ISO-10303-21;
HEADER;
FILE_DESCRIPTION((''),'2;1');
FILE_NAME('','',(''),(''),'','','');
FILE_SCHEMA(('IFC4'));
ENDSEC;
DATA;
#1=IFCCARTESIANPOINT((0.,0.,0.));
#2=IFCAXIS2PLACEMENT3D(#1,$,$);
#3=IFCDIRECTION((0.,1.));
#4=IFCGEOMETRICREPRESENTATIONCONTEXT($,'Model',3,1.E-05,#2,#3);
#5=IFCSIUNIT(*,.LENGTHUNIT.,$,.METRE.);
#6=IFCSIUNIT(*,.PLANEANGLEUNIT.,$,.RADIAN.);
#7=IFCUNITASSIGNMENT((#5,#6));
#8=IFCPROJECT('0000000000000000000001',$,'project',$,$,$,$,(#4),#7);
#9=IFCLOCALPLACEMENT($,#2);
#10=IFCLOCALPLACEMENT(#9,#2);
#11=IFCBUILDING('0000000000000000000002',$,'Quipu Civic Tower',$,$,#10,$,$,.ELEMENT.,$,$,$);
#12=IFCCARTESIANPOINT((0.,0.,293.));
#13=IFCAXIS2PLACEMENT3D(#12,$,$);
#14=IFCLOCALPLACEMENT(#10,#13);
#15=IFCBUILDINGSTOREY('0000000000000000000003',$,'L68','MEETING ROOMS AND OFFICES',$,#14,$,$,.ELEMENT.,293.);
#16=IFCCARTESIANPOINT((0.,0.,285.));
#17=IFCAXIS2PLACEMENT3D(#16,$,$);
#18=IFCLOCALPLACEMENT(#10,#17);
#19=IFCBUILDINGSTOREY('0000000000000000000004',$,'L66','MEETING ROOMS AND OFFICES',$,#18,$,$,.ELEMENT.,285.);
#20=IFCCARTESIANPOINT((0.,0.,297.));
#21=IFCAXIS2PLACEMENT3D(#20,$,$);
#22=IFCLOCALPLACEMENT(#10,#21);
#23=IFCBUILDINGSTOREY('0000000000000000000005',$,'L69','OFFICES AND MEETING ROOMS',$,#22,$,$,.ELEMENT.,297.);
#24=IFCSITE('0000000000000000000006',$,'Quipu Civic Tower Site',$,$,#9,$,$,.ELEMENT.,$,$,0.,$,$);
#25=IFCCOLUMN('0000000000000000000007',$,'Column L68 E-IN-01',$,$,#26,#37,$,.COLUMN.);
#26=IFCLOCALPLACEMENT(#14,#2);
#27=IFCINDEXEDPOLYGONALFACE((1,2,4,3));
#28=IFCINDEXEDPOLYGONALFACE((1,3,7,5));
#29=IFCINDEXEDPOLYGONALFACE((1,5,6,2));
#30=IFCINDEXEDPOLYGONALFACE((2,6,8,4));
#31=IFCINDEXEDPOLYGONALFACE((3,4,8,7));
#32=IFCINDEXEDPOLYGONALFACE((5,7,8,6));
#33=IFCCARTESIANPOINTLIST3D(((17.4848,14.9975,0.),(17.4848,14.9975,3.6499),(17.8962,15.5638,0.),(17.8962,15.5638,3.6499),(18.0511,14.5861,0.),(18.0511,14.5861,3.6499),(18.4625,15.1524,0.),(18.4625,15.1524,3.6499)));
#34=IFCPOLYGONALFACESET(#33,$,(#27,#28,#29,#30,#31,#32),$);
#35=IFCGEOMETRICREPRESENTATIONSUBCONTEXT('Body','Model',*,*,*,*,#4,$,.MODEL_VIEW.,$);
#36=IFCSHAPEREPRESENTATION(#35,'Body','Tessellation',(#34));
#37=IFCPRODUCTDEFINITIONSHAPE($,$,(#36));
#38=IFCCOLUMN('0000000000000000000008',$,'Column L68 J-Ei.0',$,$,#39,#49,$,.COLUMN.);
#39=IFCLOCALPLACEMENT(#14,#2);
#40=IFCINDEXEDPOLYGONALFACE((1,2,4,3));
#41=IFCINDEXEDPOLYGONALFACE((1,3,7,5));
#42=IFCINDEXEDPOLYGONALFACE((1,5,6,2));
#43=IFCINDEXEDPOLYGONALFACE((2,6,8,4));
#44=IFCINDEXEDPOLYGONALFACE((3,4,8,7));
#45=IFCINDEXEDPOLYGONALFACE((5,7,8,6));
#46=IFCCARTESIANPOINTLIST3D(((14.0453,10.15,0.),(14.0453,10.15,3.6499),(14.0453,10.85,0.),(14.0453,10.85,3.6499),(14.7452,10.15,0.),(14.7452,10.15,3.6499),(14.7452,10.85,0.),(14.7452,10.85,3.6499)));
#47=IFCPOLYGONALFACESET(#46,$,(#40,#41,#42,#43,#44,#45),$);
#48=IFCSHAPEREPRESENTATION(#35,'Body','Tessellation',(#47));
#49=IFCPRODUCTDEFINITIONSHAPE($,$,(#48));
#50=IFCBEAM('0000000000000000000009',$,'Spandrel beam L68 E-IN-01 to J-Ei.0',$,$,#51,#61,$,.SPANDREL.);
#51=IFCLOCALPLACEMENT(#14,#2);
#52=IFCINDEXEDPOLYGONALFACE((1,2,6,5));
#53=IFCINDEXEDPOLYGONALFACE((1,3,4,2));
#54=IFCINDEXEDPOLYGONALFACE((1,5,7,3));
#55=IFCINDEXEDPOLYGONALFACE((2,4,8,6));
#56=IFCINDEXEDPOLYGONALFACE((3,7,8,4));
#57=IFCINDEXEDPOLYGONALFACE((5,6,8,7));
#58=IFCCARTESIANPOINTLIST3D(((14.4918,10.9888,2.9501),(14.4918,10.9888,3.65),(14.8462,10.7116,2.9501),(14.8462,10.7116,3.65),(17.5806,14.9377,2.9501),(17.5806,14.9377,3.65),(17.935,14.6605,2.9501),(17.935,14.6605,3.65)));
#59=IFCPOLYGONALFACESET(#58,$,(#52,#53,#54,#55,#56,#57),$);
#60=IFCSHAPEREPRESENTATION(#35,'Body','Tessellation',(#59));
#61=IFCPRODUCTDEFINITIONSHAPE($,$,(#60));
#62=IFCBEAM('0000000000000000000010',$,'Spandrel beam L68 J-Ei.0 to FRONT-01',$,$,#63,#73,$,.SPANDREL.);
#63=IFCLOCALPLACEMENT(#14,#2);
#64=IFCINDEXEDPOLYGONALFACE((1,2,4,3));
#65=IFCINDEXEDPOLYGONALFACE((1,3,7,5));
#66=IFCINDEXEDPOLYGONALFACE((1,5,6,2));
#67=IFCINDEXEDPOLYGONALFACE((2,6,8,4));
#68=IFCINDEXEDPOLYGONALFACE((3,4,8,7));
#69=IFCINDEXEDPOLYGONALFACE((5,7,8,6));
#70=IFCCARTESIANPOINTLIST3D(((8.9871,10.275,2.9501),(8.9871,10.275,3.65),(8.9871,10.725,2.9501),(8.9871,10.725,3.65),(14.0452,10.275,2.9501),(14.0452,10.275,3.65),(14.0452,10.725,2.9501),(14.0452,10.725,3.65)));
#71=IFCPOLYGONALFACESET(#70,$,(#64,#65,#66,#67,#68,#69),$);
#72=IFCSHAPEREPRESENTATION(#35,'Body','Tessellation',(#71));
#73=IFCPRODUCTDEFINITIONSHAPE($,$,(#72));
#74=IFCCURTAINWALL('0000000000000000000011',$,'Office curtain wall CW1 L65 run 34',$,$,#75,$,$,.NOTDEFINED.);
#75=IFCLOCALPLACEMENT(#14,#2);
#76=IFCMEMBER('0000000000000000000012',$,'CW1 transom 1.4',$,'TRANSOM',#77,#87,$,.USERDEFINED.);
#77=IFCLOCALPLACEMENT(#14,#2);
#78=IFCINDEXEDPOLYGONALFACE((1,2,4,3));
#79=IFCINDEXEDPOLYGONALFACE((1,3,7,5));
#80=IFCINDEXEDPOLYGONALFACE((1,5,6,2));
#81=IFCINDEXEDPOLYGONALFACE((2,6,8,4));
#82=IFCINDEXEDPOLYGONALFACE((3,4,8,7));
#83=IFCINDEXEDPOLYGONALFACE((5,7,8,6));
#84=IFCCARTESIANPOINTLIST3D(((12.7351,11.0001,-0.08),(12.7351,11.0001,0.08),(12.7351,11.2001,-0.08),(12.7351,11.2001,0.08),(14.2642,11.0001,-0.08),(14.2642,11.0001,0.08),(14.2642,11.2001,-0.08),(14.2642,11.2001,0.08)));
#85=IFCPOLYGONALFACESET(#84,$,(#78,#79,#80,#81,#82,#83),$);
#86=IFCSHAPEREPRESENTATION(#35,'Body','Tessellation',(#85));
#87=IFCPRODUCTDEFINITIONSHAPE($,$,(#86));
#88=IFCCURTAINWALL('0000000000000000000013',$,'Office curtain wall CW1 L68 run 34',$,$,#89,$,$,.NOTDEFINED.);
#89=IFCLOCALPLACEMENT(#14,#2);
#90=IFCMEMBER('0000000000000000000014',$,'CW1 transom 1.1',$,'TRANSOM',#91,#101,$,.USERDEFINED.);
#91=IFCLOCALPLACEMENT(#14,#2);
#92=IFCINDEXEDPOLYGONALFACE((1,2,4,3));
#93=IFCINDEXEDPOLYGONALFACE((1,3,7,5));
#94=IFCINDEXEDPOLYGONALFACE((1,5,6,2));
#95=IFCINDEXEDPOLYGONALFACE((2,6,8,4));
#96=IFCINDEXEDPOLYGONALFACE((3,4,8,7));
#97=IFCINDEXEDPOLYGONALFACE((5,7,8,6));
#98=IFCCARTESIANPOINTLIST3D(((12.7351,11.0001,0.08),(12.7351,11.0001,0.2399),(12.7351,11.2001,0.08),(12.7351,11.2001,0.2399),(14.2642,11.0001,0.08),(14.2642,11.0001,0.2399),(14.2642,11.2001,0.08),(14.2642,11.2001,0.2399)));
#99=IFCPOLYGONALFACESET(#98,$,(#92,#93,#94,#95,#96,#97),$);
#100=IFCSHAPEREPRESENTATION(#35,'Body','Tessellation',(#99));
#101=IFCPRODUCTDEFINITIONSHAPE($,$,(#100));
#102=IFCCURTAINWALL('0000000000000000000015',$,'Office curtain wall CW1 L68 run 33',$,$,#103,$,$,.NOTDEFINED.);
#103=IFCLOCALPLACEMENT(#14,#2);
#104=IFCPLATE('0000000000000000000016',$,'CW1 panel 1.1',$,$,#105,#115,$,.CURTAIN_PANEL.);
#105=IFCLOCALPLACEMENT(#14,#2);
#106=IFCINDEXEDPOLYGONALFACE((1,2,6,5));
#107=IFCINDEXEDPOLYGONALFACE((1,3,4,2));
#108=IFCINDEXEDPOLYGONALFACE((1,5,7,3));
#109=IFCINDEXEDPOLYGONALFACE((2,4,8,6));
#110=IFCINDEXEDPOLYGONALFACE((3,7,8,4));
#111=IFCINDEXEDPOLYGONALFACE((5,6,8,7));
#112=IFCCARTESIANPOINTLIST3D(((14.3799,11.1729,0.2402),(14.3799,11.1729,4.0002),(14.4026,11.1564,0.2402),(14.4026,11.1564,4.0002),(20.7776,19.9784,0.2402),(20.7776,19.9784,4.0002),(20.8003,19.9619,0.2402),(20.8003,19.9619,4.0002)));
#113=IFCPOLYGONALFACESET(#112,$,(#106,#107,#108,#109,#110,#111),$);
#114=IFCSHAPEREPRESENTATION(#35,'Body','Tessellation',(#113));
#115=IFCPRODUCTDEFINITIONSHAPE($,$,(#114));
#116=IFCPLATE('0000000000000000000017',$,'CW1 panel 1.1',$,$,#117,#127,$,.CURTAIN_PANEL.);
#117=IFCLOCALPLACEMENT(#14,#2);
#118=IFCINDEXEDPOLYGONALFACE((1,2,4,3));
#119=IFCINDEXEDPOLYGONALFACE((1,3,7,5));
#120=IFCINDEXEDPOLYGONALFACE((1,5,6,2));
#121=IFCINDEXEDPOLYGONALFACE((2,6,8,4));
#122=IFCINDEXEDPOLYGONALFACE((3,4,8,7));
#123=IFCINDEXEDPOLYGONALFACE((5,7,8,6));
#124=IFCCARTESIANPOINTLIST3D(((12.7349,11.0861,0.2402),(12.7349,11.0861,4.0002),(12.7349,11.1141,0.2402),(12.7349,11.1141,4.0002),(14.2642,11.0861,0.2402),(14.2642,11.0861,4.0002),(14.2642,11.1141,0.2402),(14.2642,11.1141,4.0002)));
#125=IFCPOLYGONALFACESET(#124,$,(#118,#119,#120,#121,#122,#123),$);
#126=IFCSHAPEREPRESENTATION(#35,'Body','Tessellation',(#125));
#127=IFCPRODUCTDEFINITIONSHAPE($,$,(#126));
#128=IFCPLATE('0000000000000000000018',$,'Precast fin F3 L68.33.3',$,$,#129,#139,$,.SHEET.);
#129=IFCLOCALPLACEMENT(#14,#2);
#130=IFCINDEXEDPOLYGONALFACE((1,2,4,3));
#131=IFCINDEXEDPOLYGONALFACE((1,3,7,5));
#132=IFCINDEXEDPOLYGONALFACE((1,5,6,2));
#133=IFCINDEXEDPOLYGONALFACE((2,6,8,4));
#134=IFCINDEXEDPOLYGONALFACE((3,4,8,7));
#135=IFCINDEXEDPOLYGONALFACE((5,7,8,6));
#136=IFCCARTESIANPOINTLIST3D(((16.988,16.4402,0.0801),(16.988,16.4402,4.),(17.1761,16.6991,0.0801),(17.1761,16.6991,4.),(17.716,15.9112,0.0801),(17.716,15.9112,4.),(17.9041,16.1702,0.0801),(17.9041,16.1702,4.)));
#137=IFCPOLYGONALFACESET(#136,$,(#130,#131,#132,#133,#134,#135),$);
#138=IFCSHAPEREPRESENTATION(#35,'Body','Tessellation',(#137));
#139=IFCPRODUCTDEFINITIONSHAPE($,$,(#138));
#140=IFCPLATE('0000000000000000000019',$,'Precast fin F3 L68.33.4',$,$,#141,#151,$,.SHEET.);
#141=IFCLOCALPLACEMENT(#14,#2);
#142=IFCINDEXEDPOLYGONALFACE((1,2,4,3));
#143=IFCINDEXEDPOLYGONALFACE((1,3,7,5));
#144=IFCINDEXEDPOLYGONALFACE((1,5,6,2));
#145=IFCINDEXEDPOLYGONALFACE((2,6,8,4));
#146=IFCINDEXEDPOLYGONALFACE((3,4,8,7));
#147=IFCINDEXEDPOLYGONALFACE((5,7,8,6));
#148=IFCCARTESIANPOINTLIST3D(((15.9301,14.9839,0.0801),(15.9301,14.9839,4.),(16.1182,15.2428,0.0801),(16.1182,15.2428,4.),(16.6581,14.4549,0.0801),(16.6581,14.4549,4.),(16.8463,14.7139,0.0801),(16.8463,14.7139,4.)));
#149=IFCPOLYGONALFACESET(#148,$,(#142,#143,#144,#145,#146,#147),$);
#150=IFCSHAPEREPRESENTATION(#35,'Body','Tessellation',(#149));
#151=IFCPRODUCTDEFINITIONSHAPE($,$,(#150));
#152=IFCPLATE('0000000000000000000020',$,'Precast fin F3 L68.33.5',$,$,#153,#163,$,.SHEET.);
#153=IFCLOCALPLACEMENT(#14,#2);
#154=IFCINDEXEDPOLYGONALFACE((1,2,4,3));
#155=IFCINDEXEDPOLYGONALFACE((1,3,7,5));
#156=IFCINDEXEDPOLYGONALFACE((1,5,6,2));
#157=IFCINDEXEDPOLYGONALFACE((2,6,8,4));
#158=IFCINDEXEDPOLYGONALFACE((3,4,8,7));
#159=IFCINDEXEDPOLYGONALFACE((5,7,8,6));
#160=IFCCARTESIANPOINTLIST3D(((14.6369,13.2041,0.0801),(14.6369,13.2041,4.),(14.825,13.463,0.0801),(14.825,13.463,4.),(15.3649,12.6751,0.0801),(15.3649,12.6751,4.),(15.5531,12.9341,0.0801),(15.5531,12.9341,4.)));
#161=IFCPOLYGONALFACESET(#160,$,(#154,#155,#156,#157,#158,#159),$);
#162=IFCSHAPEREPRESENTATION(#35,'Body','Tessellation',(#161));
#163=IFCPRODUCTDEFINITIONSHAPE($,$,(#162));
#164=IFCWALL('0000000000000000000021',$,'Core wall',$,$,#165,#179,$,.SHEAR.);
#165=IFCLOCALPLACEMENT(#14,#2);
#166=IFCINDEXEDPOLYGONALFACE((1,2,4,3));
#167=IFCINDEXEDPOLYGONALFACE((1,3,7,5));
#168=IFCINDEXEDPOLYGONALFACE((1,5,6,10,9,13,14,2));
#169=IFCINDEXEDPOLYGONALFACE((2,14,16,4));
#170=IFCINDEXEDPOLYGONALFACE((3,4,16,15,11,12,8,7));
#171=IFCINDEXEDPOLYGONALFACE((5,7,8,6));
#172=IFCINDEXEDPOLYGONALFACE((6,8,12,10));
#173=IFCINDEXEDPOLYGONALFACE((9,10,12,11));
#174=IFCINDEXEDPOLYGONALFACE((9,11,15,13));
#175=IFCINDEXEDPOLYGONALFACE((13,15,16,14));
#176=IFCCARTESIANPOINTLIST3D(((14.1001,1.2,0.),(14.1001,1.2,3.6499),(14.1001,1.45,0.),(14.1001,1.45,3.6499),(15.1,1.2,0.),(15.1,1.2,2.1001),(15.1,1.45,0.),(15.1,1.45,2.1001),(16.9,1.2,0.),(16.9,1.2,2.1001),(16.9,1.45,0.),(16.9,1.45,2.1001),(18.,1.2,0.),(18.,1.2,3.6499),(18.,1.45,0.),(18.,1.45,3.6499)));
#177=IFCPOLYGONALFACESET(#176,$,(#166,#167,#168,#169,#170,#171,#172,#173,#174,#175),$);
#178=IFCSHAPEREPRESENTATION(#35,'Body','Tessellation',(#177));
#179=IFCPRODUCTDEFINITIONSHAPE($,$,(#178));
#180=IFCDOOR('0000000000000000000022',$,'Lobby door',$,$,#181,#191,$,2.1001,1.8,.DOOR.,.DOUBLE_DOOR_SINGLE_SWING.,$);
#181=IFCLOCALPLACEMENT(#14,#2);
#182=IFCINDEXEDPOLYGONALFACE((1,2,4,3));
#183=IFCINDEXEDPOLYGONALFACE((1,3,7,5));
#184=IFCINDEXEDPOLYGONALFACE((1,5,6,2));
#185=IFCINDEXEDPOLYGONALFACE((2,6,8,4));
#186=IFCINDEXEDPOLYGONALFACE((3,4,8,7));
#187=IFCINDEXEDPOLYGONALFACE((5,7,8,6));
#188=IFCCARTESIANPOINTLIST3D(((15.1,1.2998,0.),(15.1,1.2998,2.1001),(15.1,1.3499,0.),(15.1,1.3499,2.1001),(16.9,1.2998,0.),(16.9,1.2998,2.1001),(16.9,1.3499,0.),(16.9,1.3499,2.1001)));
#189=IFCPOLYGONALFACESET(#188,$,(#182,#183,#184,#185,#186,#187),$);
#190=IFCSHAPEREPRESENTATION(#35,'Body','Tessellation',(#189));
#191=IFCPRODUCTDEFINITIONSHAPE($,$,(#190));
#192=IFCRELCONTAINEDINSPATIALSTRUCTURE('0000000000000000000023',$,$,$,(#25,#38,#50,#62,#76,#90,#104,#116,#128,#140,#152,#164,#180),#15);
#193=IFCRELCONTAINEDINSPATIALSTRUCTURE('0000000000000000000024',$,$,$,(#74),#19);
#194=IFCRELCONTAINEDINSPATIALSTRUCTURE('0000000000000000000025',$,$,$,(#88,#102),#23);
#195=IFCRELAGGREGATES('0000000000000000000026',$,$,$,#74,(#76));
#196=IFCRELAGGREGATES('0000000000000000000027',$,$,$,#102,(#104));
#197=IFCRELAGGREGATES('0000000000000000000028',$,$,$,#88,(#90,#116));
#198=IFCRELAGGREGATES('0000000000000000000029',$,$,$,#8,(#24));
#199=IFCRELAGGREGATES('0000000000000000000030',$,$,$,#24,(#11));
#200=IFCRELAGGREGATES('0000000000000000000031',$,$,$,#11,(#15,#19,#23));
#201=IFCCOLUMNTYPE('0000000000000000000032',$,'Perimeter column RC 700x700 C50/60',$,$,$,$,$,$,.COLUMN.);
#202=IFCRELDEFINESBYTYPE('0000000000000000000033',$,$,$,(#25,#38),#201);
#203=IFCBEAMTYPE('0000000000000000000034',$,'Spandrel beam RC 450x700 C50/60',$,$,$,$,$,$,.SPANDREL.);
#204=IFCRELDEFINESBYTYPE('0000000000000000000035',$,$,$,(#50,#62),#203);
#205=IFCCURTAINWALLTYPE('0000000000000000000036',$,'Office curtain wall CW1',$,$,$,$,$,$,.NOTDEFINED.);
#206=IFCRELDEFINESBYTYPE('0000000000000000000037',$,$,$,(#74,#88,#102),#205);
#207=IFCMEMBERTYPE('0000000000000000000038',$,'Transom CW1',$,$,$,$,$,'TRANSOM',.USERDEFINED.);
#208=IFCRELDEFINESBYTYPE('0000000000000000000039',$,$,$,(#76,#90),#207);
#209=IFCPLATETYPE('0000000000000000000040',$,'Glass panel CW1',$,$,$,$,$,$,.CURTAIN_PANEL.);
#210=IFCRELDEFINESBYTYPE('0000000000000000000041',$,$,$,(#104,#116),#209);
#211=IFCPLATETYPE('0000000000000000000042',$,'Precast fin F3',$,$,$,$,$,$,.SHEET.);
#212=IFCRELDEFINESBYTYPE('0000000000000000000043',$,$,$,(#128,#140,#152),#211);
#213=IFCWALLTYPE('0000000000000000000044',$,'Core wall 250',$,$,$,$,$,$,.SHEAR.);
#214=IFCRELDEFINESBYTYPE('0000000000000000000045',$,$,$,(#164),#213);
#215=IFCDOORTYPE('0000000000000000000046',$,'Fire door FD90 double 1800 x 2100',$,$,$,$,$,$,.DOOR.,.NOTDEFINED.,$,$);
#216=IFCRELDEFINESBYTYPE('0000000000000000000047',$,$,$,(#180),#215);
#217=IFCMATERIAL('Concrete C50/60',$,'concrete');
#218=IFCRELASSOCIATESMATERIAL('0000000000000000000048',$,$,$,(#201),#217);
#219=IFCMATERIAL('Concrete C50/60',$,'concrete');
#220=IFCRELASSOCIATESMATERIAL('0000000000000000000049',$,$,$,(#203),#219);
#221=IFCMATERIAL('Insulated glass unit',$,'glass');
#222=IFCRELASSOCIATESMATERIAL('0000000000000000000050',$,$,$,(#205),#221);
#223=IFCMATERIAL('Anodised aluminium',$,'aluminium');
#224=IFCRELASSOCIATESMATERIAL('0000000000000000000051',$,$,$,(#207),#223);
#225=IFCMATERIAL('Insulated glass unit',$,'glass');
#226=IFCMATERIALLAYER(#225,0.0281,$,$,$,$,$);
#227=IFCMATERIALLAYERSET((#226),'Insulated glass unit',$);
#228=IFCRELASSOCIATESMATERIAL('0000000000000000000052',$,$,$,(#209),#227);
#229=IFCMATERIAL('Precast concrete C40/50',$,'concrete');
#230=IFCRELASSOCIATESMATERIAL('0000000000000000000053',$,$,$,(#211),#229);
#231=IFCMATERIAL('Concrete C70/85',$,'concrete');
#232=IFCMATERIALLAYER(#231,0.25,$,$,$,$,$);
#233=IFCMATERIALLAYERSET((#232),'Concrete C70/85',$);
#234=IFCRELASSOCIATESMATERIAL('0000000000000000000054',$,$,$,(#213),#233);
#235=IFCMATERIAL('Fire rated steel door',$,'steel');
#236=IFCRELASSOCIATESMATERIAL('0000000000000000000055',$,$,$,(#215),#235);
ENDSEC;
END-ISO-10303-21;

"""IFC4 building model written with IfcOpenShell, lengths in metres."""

from ifc_helpers import new_model, si_unit, direction, frame, frame_2d, origin, origin_2d, place, context, subcontext, project, spatial, rectangle, extrude, material, layer, layer_set, material_profile, profile_set, type_object, element, fill, aggregate, save


model = new_model("IFC4")

# Units and contexts
model_context = context("Model", 3, precision=1e-05, world=origin(), true_north=direction((0.0, 1.0)))
body_context = subcontext(model_context, "Body", "Model", "MODEL_VIEW")
ifc_project = project(units=[si_unit("LENGTHUNIT", "METRE"), si_unit("PLANEANGLEUNIT", "RADIAN")], contexts=[model_context])

# Site, building, storey
site_placement = place(None, origin())
site = spatial("IfcSite", under=ifc_project, at=site_placement, Name="Quipu Civic Tower Site", CompositionType="ELEMENT", RefElevation=0.0)
building_placement = place(site_placement, origin())
building = spatial("IfcBuilding", under=site, at=building_placement, Name="Quipu Civic Tower", CompositionType="ELEMENT")
storey_1_placement = place(building_placement, frame((0.0, 0.0, 293.0)))
storey_1 = spatial("IfcBuildingStorey", under=building, at=storey_1_placement, Name="L68", Description="MEETING ROOMS AND OFFICES", CompositionType="ELEMENT", Elevation=293.0)

# Columns
ifc_material_1 = material(Name="Concrete C50/60", Category="concrete")
ifc_material_profile_1 = material_profile(ifc_material_1, rectangle(XDim=0.7, YDim=0.7, at=origin_2d()), Name="RC700x700")
ifc_profile_set_1 = profile_set([ifc_material_profile_1], Name="Concrete C50/60")
column_type = type_object("IfcColumnType", Name="Perimeter column RC 700x700 C50/60", PredefinedType="COLUMN", material=ifc_profile_set_1)
for number, where, z_axis, x_axis, name in (
    (1, (17.9736, 15.075, 0.0), (0.0, 0.0, 1.0), (-0.587785, -0.809017, 0.0), "Column L68 E-IN-01"),
    (2, (14.3953, 10.5, 0.0), (0.0, 0.0, 1.0), (-1.0, 0.0, 0.0), "Column L68 J-Ei.0"),
):
    element("IfcColumn", number, at=place(storey_1_placement, frame(where, z_axis=z_axis, x_axis=x_axis)), inside=storey_1, type_object=column_type, Name=name, PredefinedType="COLUMN", context=body_context, shape_type="SweptSolid", body=[
        extrude(rectangle(XDim=0.7, YDim=0.7, at=origin_2d()), origin(), (0.0, 0.0, 1.0), 3.6499),
    ])

# Beams
ifc_material_2 = material(Name="Concrete C50/60", Category="concrete")
ifc_material_profile_2 = material_profile(ifc_material_2, rectangle(XDim=0.45, YDim=0.7, at=origin_2d()), Name="RC450x700")
ifc_profile_set_2 = profile_set([ifc_material_profile_2], Name="Concrete C50/60")
beam_type = type_object("IfcBeamType", Name="Spandrel beam RC 450x700 C50/60", PredefinedType="SPANDREL", material=ifc_profile_set_2)
beam_1_placement = place(storey_1_placement, frame((17.7578, 14.7991, 3.3), z_axis=(-0.616106, -0.787663, 0.0), x_axis=(0.787663, -0.616106, 0.0)))
element("IfcBeam", 3, at=beam_1_placement, inside=storey_1, type_object=beam_type, Name="Spandrel beam L68 E-IN-01 to J-Ei.0", PredefinedType="SPANDREL", context=body_context, shape_type="SweptSolid", body=[
    extrude(rectangle(XDim=0.45, YDim=0.7, at=origin_2d()), origin(), (0.0, 0.0, 1.0), 5.0134),
])
beam_2_placement = place(storey_1_placement, frame((14.0452, 10.5, 3.3), z_axis=(-1.0, 0.0, 0.0), x_axis=(0.0, -1.0, 0.0)))
element("IfcBeam", 4, at=beam_2_placement, inside=storey_1, type_object=beam_type, Name="Spandrel beam L68 J-Ei.0 to FRONT-01", PredefinedType="SPANDREL", context=body_context, shape_type="SweptSolid", body=[
    extrude(rectangle(XDim=0.45, YDim=0.7, at=origin_2d()), origin(), (0.0, 0.0, 1.0), 5.0581),
])

# Shared definitions
storey_2_placement = place(building_placement, frame((0.0, 0.0, 285.0)))
storey_2 = spatial("IfcBuildingStorey", under=building, at=storey_2_placement, Name="L66", Description="MEETING ROOMS AND OFFICES", CompositionType="ELEMENT", Elevation=285.0)

# Curtain wall, member
ifc_material_3 = material(Name="Insulated glass unit", Category="glass")
curtain_wall_type = type_object("IfcCurtainWallType", Name="Office curtain wall CW1", PredefinedType="NOTDEFINED", material=ifc_material_3)
curtain_wall_1_placement = place(storey_2_placement, origin())
curtain_wall_1 = element("IfcCurtainWall", 5, at=curtain_wall_1_placement, inside=storey_2, type_object=curtain_wall_type, Name="Office curtain wall CW1 L65 run 34", PredefinedType="NOTDEFINED")
ifc_material_4 = material(Name="Anodised aluminium", Category="aluminium")
ifc_material_profile_3 = material_profile(ifc_material_4, rectangle(XDim=0.2, YDim=0.1599, at=origin_2d()), Name="RECT 200x160")
ifc_profile_set_3 = profile_set([ifc_material_profile_3], Name="Anodised aluminium")
member_type = type_object("IfcMemberType", Name="Transom CW1", ElementType="TRANSOM", PredefinedType="USERDEFINED", material=ifc_profile_set_3)
member_1_placement = place(storey_1_placement, frame((14.2642, 11.1001, 0.0), z_axis=(-1.0, 0.0, 0.0), x_axis=(0.0, -1.0, 0.0)))
member_1 = element("IfcMember", 6, at=member_1_placement, inside=storey_1, type_object=member_type, Name="CW1 transom 1.4", ObjectType="TRANSOM", PredefinedType="USERDEFINED", context=body_context, shape_type="SweptSolid", body=[
    extrude(rectangle(XDim=0.2, YDim=0.1599, at=origin_2d()), origin(), (0.0, 0.0, 1.0), 1.5291),
])
aggregate(curtain_wall_1, [member_1])

# Shared definitions
storey_3_placement = place(building_placement, frame((0.0, 0.0, 297.0)))
storey_3 = spatial("IfcBuildingStorey", under=building, at=storey_3_placement, Name="L69", Description="OFFICES AND MEETING ROOMS", CompositionType="ELEMENT", Elevation=297.0)

# Curtain wall, member
curtain_wall_2_placement = place(storey_3_placement, origin())
curtain_wall_2 = element("IfcCurtainWall", 7, at=curtain_wall_2_placement, inside=storey_3, type_object=curtain_wall_type, Name="Office curtain wall CW1 L68 run 34", PredefinedType="NOTDEFINED")
member_2_placement = place(storey_1_placement, frame((14.2642, 11.1001, 0.1599), z_axis=(-1.0, 0.0, 0.0), x_axis=(0.0, -1.0, 0.0)))
member_2 = element("IfcMember", 8, at=member_2_placement, inside=storey_1, type_object=member_type, Name="CW1 transom 1.1", ObjectType="TRANSOM", PredefinedType="USERDEFINED", context=body_context, shape_type="SweptSolid", body=[
    extrude(rectangle(XDim=0.2, YDim=0.1599, at=origin_2d()), origin(), (0.0, 0.0, 1.0), 1.5291),
])

# Curtain wall, plate
curtain_wall_3_placement = place(storey_3_placement, origin())
curtain_wall_3 = element("IfcCurtainWall", 9, at=curtain_wall_3_placement, inside=storey_3, type_object=curtain_wall_type, Name="Office curtain wall CW1 L68 run 33", PredefinedType="NOTDEFINED")
ifc_material_5 = material(Name="Insulated glass unit", Category="glass")
ifc_layer_1 = layer(ifc_material_5, 0.0281)
ifc_layer_set_1 = layer_set([ifc_layer_1], Name="Insulated glass unit")
plate_type_1 = type_object("IfcPlateType", Name="Glass panel CW1", PredefinedType="CURTAIN_PANEL", material=ifc_layer_set_1)
plate_1_placement = place(storey_1_placement, frame((17.5901, 15.5674, 0.2402), z_axis=(0.0, 0.0, 1.0), x_axis=(-0.587788, -0.809015, 0.0)))
plate_1 = element("IfcPlate", 10, at=plate_1_placement, inside=storey_1, type_object=plate_type_1, Name="CW1 panel 1.1", PredefinedType="CURTAIN_PANEL", context=body_context, shape_type="SweptSolid", body=[
    extrude(rectangle(XDim=10.8843, YDim=0.0281, at=origin_2d()), origin(), (0.0, 0.0, 1.0), 3.76),
])
aggregate(curtain_wall_3, [plate_1])

# Plate
plate_2_placement = place(storey_1_placement, frame((13.4995, 11.1001, 0.2402), z_axis=(0.0, 0.0, 1.0), x_axis=(-1.0, 0.0, 0.0)))
plate_2 = element("IfcPlate", 11, at=plate_2_placement, inside=storey_1, type_object=plate_type_1, Name="CW1 panel 1.1", PredefinedType="CURTAIN_PANEL", context=body_context, shape_type="SweptSolid", body=[
    extrude(rectangle(XDim=1.5293, YDim=0.0281, at=origin_2d()), origin(), (0.0, 0.0, 1.0), 3.76),
])
aggregate(curtain_wall_2, [member_2, plate_2])

# Plates
ifc_material_6 = material(Name="Precast concrete C40/50", Category="concrete")
plate_type_2 = type_object("IfcPlateType", Name="Precast fin F3", PredefinedType="SHEET", material=ifc_material_6)
for number, where, z_axis, x_axis, name in (
    (12, (17.446, 16.3052, 0.0801), (0.0, 0.0, 1.0), (-0.587784, -0.809018, 0.0), "Precast fin F3 L68.33.3"),
    (13, (16.3882, 14.8489, 0.0801), (0.0, 0.0, 1.0), (-0.587784, -0.809018, 0.0), "Precast fin F3 L68.33.4"),
    (14, (15.095, 13.0691, 0.0801), (0.0, 0.0, 1.0), (-0.587784, -0.809018, 0.0), "Precast fin F3 L68.33.5"),
):
    element("IfcPlate", number, at=place(storey_1_placement, frame(where, z_axis=z_axis, x_axis=x_axis)), inside=storey_1, type_object=plate_type_2, Name=name, PredefinedType="SHEET", context=body_context, shape_type="SweptSolid", body=[
        extrude(rectangle(XDim=0.3201, YDim=0.8999, at=origin_2d()), origin(), (0.0, 0.0, 1.0), 3.9199),
    ])

# Wall, opening, door
ifc_material_7 = material(Name="Concrete C70/85", Category="concrete")
ifc_layer_2 = layer(ifc_material_7, 0.25)
ifc_layer_set_2 = layer_set([ifc_layer_2], Name="Concrete C70/85")
wall_type_1 = type_object("IfcWallType", Name="Core wall 250", PredefinedType="SHEAR", material=ifc_layer_set_2)
wall_1_placement = place(storey_1_placement, frame((14.1001, 1.325, 0.0), z_axis=(0.0, 0.0, 1.0), x_axis=(1.0, 0.0, 0.0)))
wall_1 = element("IfcWall", 15, at=wall_1_placement, inside=storey_1, type_object=wall_type_1, Name="Core wall", PredefinedType="SHEAR", context=body_context, shape_type="SweptSolid", body=[
    extrude(rectangle(XDim=3.8999, YDim=0.25, at=frame_2d((1.95, 0.0))), origin(), (0.0, 0.0, 1.0), 3.6499),
])
opening_1_placement = place(wall_1_placement, frame((1.0, 0.0, 0.0)))
opening_1 = element("IfcOpeningElement", 16, at=opening_1_placement, cuts=wall_1, PredefinedType="OPENING", context=body_context, shape_type="SweptSolid", body=[
    extrude(rectangle(XDim=1.8, YDim=2.1001, at=frame_2d((0.8999, 1.05))), frame((0.0, 0.135, 0.0), z_axis=(0.0, -1.0, 0.0), x_axis=(1.0, 0.0, 0.0)), (0.0, 0.0, 1.0), 0.27),
])
ifc_material_8 = material(Name="Fire rated steel door", Category="steel")
door_type = type_object("IfcDoorType", Name="Fire door FD90 double 1800 x 2100", OperationType="NOTDEFINED", PredefinedType="DOOR", material=ifc_material_8)
door_placement = place(opening_1_placement, origin())
door = element("IfcDoor", 17, at=door_placement, inside=storey_1, type_object=door_type, Name="Lobby door", OperationType="DOUBLE_DOOR_SINGLE_SWING", OverallHeight=2.1001, OverallWidth=1.8, PredefinedType="DOOR", context=body_context, shape_type="SweptSolid", body=[
    extrude(rectangle(XDim=1.8, YDim=2.1001, at=frame_2d((0.8999, 1.05))), frame((0.0, 0.0249, 0.0), z_axis=(0.0, -1.0, 0.0), x_axis=(1.0, 0.0, 0.0)), (0.0, 0.0, 1.0), 0.05),
])
fill(opening_1, door)

save(model, "model.ifc")
